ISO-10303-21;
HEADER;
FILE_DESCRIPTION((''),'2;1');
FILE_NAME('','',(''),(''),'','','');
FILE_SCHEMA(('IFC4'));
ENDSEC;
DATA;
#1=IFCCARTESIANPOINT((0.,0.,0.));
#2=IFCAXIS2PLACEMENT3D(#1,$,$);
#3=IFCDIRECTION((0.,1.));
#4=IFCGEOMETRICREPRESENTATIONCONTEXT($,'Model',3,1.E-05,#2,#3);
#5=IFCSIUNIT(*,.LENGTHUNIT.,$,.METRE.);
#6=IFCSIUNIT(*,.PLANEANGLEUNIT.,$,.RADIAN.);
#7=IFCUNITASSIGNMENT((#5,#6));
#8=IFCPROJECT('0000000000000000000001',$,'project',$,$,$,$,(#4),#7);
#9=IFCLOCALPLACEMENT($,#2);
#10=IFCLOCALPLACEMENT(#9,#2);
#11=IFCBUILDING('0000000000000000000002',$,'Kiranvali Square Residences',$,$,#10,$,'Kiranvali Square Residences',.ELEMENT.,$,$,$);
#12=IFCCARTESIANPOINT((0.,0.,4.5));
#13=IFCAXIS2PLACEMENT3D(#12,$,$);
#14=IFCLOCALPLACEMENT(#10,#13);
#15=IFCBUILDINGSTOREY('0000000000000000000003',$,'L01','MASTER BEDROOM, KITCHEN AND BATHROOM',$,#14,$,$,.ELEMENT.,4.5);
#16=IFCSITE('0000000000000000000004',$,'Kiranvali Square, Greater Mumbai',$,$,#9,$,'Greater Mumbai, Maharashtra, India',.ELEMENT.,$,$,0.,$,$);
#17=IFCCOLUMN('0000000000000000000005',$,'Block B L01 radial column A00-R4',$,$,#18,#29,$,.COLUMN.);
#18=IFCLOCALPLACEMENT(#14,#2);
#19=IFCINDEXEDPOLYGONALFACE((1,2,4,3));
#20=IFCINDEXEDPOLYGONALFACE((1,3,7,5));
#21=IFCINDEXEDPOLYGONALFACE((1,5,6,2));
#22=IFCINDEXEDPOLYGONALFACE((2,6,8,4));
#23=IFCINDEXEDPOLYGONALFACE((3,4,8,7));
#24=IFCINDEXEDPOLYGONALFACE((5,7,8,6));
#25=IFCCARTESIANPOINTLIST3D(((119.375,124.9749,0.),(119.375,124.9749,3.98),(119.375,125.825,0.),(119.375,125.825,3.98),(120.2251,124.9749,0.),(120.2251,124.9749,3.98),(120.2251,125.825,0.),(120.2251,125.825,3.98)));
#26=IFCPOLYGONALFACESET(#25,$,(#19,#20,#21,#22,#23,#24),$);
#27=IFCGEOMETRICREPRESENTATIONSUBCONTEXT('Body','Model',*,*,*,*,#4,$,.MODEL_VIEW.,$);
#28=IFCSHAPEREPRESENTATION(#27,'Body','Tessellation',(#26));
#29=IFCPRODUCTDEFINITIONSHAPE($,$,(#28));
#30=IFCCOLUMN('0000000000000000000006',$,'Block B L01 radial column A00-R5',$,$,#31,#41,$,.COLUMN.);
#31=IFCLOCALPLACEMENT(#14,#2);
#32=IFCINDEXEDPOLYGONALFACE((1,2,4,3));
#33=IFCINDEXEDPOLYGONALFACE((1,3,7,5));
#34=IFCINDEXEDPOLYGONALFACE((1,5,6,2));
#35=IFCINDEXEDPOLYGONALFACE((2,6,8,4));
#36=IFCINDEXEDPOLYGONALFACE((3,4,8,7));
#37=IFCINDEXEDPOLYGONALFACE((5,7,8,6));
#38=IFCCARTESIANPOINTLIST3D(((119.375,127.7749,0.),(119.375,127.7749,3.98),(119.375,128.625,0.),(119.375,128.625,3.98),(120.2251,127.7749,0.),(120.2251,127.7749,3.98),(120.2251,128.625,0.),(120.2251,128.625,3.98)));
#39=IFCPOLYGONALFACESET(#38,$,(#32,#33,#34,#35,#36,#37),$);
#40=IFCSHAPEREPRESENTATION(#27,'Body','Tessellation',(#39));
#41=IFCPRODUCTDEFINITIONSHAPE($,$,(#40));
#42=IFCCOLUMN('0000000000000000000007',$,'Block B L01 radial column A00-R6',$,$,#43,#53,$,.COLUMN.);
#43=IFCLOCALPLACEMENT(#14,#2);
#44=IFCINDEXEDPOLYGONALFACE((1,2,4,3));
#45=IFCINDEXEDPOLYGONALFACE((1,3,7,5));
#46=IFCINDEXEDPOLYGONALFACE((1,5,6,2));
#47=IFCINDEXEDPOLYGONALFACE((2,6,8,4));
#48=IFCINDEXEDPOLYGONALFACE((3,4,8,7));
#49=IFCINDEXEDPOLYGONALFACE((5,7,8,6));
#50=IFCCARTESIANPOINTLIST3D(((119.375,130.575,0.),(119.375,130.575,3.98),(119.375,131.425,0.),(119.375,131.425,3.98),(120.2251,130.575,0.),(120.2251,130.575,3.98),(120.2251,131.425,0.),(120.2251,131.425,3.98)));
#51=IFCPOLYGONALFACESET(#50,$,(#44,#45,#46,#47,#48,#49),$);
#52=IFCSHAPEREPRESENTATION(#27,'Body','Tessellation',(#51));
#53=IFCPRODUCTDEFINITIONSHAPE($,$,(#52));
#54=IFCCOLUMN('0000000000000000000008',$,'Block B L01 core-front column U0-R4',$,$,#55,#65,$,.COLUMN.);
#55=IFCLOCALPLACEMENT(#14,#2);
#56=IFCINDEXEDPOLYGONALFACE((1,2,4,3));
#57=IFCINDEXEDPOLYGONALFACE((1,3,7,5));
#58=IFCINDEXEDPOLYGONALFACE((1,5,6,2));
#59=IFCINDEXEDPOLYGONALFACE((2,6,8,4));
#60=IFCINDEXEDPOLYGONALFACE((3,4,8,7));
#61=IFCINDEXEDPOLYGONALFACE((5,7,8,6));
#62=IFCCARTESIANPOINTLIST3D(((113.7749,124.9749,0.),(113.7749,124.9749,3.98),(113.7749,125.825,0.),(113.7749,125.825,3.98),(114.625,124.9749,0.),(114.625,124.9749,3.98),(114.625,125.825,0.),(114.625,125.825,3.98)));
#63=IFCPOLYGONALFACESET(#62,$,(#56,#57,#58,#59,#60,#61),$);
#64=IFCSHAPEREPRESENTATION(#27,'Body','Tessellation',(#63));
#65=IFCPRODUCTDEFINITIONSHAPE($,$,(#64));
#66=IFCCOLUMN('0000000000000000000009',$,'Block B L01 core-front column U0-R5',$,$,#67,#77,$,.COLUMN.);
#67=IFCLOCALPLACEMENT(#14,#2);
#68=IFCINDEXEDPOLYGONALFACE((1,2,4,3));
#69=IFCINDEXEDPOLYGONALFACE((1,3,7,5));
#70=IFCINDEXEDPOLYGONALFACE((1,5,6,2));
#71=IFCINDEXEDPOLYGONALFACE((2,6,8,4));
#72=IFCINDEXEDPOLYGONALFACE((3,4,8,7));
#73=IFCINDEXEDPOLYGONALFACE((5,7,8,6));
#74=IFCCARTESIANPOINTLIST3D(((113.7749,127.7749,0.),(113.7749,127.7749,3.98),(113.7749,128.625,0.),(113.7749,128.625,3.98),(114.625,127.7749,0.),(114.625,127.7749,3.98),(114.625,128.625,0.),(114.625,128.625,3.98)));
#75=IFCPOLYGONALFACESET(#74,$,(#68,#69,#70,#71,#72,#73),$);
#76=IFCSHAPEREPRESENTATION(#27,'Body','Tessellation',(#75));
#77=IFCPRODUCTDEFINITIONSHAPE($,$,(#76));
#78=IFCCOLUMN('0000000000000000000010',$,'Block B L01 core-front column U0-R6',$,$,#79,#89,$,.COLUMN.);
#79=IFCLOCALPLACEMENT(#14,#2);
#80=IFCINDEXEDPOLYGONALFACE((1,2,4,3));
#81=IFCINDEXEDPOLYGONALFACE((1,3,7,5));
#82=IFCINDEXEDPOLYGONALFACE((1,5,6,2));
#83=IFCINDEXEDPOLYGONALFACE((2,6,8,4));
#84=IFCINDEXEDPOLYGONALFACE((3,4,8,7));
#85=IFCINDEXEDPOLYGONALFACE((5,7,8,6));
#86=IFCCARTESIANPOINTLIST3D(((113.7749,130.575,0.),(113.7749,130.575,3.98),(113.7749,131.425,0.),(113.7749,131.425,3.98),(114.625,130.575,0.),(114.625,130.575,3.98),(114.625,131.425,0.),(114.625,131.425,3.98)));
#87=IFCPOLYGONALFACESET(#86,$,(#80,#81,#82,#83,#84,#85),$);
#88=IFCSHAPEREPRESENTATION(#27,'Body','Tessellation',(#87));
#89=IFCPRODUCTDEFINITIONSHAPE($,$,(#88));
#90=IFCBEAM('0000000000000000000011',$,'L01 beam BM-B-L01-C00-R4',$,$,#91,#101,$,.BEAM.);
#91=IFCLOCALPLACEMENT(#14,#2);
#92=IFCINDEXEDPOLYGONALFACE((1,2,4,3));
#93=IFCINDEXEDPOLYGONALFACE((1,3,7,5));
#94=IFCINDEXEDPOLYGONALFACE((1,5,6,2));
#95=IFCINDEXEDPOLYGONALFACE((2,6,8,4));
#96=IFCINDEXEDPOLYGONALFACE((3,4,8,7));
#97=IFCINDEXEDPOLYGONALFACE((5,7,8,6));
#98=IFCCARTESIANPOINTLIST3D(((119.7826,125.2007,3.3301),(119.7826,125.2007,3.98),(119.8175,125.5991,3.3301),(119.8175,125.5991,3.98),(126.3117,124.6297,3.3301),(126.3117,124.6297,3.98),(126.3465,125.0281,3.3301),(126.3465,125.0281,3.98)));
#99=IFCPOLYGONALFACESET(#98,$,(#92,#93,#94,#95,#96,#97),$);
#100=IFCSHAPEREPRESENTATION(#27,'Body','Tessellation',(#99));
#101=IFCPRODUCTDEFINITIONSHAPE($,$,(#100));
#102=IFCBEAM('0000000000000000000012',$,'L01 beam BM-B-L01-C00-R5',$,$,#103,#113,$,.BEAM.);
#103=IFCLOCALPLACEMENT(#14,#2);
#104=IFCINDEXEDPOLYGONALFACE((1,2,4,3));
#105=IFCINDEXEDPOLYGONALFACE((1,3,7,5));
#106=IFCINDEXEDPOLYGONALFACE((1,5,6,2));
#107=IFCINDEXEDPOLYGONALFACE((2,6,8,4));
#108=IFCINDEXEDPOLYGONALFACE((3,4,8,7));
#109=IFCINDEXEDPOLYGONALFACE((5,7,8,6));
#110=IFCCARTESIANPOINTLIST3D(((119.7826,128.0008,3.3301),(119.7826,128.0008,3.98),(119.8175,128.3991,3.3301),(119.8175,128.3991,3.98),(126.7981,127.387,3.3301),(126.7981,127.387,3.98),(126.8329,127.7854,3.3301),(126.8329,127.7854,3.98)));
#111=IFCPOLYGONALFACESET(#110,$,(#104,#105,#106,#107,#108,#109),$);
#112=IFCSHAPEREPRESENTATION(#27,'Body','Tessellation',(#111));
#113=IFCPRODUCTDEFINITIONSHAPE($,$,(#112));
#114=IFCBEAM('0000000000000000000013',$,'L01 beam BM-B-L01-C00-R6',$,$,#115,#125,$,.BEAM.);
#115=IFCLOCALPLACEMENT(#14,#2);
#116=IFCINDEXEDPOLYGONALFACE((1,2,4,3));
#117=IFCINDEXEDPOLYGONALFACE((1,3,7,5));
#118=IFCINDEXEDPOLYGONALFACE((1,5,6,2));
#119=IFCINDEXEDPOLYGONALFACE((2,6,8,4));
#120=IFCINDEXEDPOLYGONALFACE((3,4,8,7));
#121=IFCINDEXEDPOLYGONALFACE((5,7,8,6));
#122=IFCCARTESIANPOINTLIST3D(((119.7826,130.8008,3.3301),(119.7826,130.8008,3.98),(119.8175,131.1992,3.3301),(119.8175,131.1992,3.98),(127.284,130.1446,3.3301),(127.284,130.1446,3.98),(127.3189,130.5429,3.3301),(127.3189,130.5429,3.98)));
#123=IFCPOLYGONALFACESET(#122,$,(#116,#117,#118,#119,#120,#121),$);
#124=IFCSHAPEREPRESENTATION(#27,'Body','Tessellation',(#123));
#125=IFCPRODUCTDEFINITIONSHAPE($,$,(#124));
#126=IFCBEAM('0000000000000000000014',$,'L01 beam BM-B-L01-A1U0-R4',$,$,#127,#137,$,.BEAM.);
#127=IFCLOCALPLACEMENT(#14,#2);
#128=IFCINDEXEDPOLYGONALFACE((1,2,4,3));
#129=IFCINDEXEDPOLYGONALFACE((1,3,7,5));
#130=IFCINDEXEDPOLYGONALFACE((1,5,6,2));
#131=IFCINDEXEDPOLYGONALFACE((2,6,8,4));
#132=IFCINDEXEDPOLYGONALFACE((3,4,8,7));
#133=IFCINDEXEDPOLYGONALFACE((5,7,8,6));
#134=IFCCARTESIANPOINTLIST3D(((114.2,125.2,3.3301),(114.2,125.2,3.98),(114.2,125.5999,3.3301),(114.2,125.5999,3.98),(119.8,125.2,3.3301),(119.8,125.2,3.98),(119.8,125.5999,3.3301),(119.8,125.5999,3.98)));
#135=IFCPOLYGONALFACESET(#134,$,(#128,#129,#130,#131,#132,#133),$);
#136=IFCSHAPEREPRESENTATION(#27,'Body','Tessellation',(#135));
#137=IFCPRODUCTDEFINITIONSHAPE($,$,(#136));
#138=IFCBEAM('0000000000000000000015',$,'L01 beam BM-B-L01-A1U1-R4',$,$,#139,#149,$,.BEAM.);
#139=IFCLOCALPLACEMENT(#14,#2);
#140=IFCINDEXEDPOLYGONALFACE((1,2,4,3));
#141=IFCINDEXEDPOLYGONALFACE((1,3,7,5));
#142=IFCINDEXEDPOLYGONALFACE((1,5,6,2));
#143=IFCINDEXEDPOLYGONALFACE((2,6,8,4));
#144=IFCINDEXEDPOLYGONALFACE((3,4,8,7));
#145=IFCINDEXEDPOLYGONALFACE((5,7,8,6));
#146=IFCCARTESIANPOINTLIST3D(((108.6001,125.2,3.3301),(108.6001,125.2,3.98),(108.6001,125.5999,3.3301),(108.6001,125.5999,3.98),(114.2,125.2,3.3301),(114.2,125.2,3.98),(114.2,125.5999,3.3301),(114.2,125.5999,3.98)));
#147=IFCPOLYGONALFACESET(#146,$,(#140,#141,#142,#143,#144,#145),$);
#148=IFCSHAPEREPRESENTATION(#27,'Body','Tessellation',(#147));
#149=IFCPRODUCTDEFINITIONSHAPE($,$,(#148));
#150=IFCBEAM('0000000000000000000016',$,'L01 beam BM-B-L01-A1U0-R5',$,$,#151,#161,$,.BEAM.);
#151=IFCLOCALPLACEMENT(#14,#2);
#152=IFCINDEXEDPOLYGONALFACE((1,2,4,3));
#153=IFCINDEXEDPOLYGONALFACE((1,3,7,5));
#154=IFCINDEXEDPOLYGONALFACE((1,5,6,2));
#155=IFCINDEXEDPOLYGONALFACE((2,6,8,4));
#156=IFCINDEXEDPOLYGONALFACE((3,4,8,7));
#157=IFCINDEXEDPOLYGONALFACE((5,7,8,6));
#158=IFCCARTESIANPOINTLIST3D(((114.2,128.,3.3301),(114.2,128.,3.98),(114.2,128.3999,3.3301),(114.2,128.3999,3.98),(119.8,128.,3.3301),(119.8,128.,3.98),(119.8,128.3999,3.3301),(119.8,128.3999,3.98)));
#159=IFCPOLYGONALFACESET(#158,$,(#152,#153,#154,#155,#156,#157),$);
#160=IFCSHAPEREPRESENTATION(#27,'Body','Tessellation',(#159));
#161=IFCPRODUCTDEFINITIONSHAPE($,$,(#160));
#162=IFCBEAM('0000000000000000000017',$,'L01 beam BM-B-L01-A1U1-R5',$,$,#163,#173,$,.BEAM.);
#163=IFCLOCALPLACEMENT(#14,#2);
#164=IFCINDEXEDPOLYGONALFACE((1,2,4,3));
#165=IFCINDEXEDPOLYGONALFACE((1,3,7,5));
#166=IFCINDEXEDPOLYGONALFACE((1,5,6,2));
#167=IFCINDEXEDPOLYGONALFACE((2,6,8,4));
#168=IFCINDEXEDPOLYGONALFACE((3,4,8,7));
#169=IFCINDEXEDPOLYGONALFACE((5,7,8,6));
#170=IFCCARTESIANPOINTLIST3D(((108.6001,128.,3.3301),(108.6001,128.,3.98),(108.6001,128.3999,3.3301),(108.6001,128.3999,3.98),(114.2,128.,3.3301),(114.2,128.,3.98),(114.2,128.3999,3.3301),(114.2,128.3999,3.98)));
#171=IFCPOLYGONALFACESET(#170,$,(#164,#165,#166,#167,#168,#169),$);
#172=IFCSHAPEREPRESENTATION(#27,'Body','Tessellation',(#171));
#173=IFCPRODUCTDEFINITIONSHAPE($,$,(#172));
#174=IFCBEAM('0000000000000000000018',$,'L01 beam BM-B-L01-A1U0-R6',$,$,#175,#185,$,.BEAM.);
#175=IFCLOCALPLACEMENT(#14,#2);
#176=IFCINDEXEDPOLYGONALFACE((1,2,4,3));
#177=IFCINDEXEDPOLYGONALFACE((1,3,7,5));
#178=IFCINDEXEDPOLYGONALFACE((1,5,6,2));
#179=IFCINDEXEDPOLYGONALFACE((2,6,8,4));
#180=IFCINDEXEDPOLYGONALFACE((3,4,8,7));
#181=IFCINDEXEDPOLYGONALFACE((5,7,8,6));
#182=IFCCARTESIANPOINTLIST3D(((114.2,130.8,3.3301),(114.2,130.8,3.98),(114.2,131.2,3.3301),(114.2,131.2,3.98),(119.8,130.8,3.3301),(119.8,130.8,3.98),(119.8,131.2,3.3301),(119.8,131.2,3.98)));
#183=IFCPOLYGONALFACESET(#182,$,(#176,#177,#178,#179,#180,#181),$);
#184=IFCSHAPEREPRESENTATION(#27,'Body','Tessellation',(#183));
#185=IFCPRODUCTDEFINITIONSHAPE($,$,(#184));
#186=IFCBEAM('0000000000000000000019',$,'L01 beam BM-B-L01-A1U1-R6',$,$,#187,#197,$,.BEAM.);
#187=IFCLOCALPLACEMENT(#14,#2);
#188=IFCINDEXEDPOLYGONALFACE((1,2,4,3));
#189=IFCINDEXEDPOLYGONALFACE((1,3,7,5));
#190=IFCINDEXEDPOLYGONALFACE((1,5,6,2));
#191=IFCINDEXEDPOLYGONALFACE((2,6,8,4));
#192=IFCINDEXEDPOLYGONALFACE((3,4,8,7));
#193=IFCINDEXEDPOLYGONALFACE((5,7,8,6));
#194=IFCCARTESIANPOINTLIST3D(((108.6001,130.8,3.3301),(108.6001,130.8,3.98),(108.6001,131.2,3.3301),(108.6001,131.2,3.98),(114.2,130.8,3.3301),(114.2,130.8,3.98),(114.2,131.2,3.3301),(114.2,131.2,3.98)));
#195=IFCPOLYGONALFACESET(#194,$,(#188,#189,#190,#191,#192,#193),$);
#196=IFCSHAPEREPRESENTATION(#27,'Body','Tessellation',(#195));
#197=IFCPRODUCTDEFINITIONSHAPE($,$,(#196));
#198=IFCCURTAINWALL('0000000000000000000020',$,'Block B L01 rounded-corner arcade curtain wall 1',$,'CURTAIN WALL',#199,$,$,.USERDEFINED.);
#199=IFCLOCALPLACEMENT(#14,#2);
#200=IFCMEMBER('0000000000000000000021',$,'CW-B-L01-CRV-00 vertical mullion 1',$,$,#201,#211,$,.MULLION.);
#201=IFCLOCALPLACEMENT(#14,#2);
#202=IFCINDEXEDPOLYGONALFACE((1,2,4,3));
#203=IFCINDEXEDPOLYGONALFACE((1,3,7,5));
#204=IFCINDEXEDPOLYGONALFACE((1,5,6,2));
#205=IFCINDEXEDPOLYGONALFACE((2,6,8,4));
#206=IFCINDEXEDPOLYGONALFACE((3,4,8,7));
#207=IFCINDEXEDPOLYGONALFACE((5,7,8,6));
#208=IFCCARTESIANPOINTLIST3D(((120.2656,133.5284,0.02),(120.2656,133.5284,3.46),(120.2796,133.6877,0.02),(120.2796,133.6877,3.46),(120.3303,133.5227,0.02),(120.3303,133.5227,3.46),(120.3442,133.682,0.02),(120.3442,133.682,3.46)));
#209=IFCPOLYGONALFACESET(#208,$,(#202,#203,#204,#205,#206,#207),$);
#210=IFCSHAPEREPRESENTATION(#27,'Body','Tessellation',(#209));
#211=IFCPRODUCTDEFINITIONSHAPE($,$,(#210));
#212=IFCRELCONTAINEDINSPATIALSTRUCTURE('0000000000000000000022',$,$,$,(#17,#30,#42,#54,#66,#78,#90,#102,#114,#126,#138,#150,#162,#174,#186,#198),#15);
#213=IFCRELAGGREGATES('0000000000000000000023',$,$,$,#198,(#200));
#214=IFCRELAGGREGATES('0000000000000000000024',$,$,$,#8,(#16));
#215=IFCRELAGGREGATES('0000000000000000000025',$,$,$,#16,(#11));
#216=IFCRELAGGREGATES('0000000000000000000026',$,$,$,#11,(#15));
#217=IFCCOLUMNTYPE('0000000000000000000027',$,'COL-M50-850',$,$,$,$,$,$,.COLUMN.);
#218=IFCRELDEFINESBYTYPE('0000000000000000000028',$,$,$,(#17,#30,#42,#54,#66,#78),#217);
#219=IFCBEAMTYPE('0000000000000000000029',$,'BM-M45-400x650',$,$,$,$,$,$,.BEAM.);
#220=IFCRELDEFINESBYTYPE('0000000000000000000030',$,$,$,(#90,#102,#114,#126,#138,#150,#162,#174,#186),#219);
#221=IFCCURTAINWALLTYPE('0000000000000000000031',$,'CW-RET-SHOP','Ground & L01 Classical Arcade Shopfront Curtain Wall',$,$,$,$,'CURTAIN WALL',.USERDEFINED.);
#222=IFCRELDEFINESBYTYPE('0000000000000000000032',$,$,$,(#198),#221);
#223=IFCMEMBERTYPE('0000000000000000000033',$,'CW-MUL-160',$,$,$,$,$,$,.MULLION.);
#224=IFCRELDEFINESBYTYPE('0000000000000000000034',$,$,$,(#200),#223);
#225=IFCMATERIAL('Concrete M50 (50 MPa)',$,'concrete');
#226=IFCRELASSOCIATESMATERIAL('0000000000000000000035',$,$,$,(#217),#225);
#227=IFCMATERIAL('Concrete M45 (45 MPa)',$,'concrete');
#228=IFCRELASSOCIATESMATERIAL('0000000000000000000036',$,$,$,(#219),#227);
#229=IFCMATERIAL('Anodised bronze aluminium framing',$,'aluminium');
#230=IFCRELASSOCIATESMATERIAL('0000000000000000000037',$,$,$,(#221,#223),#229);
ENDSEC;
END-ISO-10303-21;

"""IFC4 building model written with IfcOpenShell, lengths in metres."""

from ifc_helpers import new_model, si_unit, direction, frame, origin, origin_2d, place, context, subcontext, project, spatial, rectangle, extrude, material, material_profile, profile_set, type_object, element, aggregate, save


model = new_model("IFC4")

# Units and contexts
model_context = context("Model", 3, precision=1e-05, world=origin(), true_north=direction((0.0, 1.0)))
body_context = subcontext(model_context, "Body", "Model", "MODEL_VIEW")
ifc_project = project(units=[si_unit("LENGTHUNIT", "METRE"), si_unit("PLANEANGLEUNIT", "RADIAN")], contexts=[model_context])

# Site, building, storey
site_placement = place(None, origin())
site = spatial("IfcSite", under=ifc_project, at=site_placement, Name="Kiranvali Square, Greater Mumbai", LongName="Greater Mumbai, Maharashtra, India", CompositionType="ELEMENT", RefElevation=0.0)
building_placement = place(site_placement, origin())
building = spatial("IfcBuilding", under=site, at=building_placement, Name="Kiranvali Square Residences", LongName="Kiranvali Square Residences", CompositionType="ELEMENT")
storey_placement = place(building_placement, frame((0.0, 0.0, 4.5)))
storey = spatial("IfcBuildingStorey", under=building, at=storey_placement, Name="L01", Description="MASTER BEDROOM, KITCHEN AND BATHROOM", CompositionType="ELEMENT", Elevation=4.5)

# Columns
ifc_material_1 = material(Name="Concrete M50 (50 MPa)", Category="concrete")
ifc_material_profile_1 = material_profile(ifc_material_1, rectangle(XDim=0.8501, YDim=0.8501, at=origin_2d()), Name="RC 850x850")
ifc_profile_set_1 = profile_set([ifc_material_profile_1], Name="Concrete M50 (50 MPa)")
column_type = type_object("IfcColumnType", Name="COL-M50-850", PredefinedType="COLUMN", material=ifc_profile_set_1)
for number, where, z_axis, x_axis, name in (
    (1, (119.8, 125.3999, 0.0), (0.0, 0.0, 1.0), (1.0, 0.0, 0.0), "Block B L01 radial column A00-R4"),
    (2, (119.8, 128.2, 0.0), (0.0, 0.0, 1.0), (1.0, 0.0, 0.0), "Block B L01 radial column A00-R5"),
    (3, (119.8, 131.0, 0.0), (0.0, 0.0, 1.0), (1.0, 0.0, 0.0), "Block B L01 radial column A00-R6"),
    (4, (114.2, 125.3999, 0.0), (0.0, 0.0, 1.0), (1.0, 0.0, 0.0), "Block B L01 core-front column U0-R4"),
    (5, (114.2, 128.2, 0.0), (0.0, 0.0, 1.0), (1.0, 0.0, 0.0), "Block B L01 core-front column U0-R5"),
    (6, (114.2, 131.0, 0.0), (0.0, 0.0, 1.0), (1.0, 0.0, 0.0), "Block B L01 core-front column U0-R6"),
):
    element("IfcColumn", number, at=place(storey_placement, frame(where, z_axis=z_axis, x_axis=x_axis)), inside=storey, type_object=column_type, Name=name, PredefinedType="COLUMN", context=body_context, shape_type="SweptSolid", body=[
        extrude(rectangle(XDim=0.8501, YDim=0.8501, at=origin_2d()), origin(), (0.0, 0.0, 1.0), 3.98),
    ])

# Beams
ifc_material_2 = material(Name="Concrete M45 (45 MPa)", Category="concrete")
ifc_material_profile_2 = material_profile(ifc_material_2, rectangle(XDim=0.3999, YDim=0.6499, at=origin_2d()), Name="RC 400x650")
ifc_profile_set_2 = profile_set([ifc_material_profile_2], Name="Concrete M45 (45 MPa)")
beam_type = type_object("IfcBeamType", Name="BM-M45-400x650", PredefinedType="BEAM", material=ifc_profile_set_2)
beam_1_placement = place(storey_placement, frame((119.8, 125.3999, 3.655), z_axis=(0.996197, -0.08713, 0.0), x_axis=(0.08713, 0.996197, 0.0)))
element("IfcBeam", 7, at=beam_1_placement, inside=storey, type_object=beam_type, Name="L01 beam BM-B-L01-C00-R4", PredefinedType="BEAM", context=body_context, shape_type="SweptSolid", body=[
    extrude(rectangle(XDim=0.3999, YDim=0.6499, at=origin_2d()), origin(), (0.0, 0.0, 1.0), 6.554),
])
beam_2_placement = place(storey_placement, frame((119.8, 128.2, 3.655), z_axis=(0.996195, -0.087156, 0.0), x_axis=(0.087156, 0.996195, 0.0)))
element("IfcBeam", 8, at=beam_2_placement, inside=storey, type_object=beam_type, Name="L01 beam BM-B-L01-C00-R5", PredefinedType="BEAM", context=body_context, shape_type="SweptSolid", body=[
    extrude(rectangle(XDim=0.3999, YDim=0.6499, at=origin_2d()), origin(), (0.0, 0.0, 1.0), 7.0422),
])
beam_3_placement = place(storey_placement, frame((119.8, 131.0, 3.655), z_axis=(0.996195, -0.08715, 0.0), x_axis=(0.08715, 0.996195, 0.0)))
element("IfcBeam", 9, at=beam_3_placement, inside=storey, type_object=beam_type, Name="L01 beam BM-B-L01-C00-R6", PredefinedType="BEAM", context=body_context, shape_type="SweptSolid", body=[
    extrude(rectangle(XDim=0.3999, YDim=0.6499, at=origin_2d()), origin(), (0.0, 0.0, 1.0), 7.53),
])
beam_4_placement = place(storey_placement, frame((119.8, 125.3999, 3.655), z_axis=(-1.0, 0.0, 0.0), x_axis=(0.0, -1.0, 0.0)))
element("IfcBeam", 10, at=beam_4_placement, inside=storey, type_object=beam_type, Name="L01 beam BM-B-L01-A1U0-R4", PredefinedType="BEAM", context=body_context, shape_type="SweptSolid", body=[
    extrude(rectangle(XDim=0.3999, YDim=0.6499, at=origin_2d()), origin(), (0.0, 0.0, 1.0), 5.6001),
])
beam_5_placement = place(storey_placement, frame((114.2, 125.3999, 3.655), z_axis=(-1.0, 0.0, 0.0), x_axis=(0.0, -1.0, 0.0)))
element("IfcBeam", 11, at=beam_5_placement, inside=storey, type_object=beam_type, Name="L01 beam BM-B-L01-A1U1-R4", PredefinedType="BEAM", context=body_context, shape_type="SweptSolid", body=[
    extrude(rectangle(XDim=0.3999, YDim=0.6499, at=origin_2d()), origin(), (0.0, 0.0, 1.0), 5.5999),
])
beam_6_placement = place(storey_placement, frame((119.8, 128.2, 3.655), z_axis=(-1.0, 0.0, 0.0), x_axis=(0.0, -1.0, 0.0)))
element("IfcBeam", 12, at=beam_6_placement, inside=storey, type_object=beam_type, Name="L01 beam BM-B-L01-A1U0-R5", PredefinedType="BEAM", context=body_context, shape_type="SweptSolid", body=[
    extrude(rectangle(XDim=0.3999, YDim=0.6499, at=origin_2d()), origin(), (0.0, 0.0, 1.0), 5.6001),
])
beam_7_placement = place(storey_placement, frame((114.2, 128.2, 3.655), z_axis=(-1.0, 0.0, 0.0), x_axis=(0.0, -1.0, 0.0)))
element("IfcBeam", 13, at=beam_7_placement, inside=storey, type_object=beam_type, Name="L01 beam BM-B-L01-A1U1-R5", PredefinedType="BEAM", context=body_context, shape_type="SweptSolid", body=[
    extrude(rectangle(XDim=0.3999, YDim=0.6499, at=origin_2d()), origin(), (0.0, 0.0, 1.0), 5.5999),
])
beam_8_placement = place(storey_placement, frame((119.8, 131.0, 3.655), z_axis=(-1.0, 0.0, 0.0), x_axis=(0.0, -1.0, 0.0)))
element("IfcBeam", 14, at=beam_8_placement, inside=storey, type_object=beam_type, Name="L01 beam BM-B-L01-A1U0-R6", PredefinedType="BEAM", context=body_context, shape_type="SweptSolid", body=[
    extrude(rectangle(XDim=0.3999, YDim=0.6499, at=origin_2d()), origin(), (0.0, 0.0, 1.0), 5.6001),
])
beam_9_placement = place(storey_placement, frame((114.2, 131.0, 3.655), z_axis=(-1.0, 0.0, 0.0), x_axis=(0.0, -1.0, 0.0)))
element("IfcBeam", 15, at=beam_9_placement, inside=storey, type_object=beam_type, Name="L01 beam BM-B-L01-A1U1-R6", PredefinedType="BEAM", context=body_context, shape_type="SweptSolid", body=[
    extrude(rectangle(XDim=0.3999, YDim=0.6499, at=origin_2d()), origin(), (0.0, 0.0, 1.0), 5.5999),
])

# Curtain wall, member
ifc_material_3 = material(Name="Anodised bronze aluminium framing", Category="aluminium")
curtain_wall_type = type_object("IfcCurtainWallType", Name="CW-RET-SHOP", Description="Ground & L01 Classical Arcade Shopfront Curtain Wall", ElementType="CURTAIN WALL", PredefinedType="USERDEFINED", material=ifc_material_3)
curtain_wall_1_placement = place(storey_placement, origin())
curtain_wall_1 = element("IfcCurtainWall", 16, at=curtain_wall_1_placement, inside=storey, type_object=curtain_wall_type, Name="Block B L01 rounded-corner arcade curtain wall 1", ObjectType="CURTAIN WALL", PredefinedType="USERDEFINED")
ifc_material_profile_3 = material_profile(ifc_material_3, rectangle(XDim=0.0649, YDim=0.1599, at=origin_2d()), Name="ALU 65x160")
ifc_profile_set_3 = profile_set([ifc_material_profile_3], Name="Anodised bronze aluminium framing")
member_type_1 = type_object("IfcMemberType", Name="CW-MUL-160", PredefinedType="MULLION", material=ifc_profile_set_3)
member_1_placement = place(storey_placement, frame((120.3049, 133.6052, 0.02), z_axis=(0.0, 0.0, 1.0), x_axis=(0.996195, -0.087156, 0.0)))
member_1 = element("IfcMember", 17, at=member_1_placement, type_object=member_type_1, Name="CW-B-L01-CRV-00 vertical mullion 1", PredefinedType="MULLION", context=body_context, shape_type="SweptSolid", body=[
    extrude(rectangle(XDim=0.0649, YDim=0.1599, at=origin_2d()), origin(), (0.0, 0.0, 1.0), 3.4399),
])

aggregate(curtain_wall_1, [member_1])

save(model, "model.ifc")
